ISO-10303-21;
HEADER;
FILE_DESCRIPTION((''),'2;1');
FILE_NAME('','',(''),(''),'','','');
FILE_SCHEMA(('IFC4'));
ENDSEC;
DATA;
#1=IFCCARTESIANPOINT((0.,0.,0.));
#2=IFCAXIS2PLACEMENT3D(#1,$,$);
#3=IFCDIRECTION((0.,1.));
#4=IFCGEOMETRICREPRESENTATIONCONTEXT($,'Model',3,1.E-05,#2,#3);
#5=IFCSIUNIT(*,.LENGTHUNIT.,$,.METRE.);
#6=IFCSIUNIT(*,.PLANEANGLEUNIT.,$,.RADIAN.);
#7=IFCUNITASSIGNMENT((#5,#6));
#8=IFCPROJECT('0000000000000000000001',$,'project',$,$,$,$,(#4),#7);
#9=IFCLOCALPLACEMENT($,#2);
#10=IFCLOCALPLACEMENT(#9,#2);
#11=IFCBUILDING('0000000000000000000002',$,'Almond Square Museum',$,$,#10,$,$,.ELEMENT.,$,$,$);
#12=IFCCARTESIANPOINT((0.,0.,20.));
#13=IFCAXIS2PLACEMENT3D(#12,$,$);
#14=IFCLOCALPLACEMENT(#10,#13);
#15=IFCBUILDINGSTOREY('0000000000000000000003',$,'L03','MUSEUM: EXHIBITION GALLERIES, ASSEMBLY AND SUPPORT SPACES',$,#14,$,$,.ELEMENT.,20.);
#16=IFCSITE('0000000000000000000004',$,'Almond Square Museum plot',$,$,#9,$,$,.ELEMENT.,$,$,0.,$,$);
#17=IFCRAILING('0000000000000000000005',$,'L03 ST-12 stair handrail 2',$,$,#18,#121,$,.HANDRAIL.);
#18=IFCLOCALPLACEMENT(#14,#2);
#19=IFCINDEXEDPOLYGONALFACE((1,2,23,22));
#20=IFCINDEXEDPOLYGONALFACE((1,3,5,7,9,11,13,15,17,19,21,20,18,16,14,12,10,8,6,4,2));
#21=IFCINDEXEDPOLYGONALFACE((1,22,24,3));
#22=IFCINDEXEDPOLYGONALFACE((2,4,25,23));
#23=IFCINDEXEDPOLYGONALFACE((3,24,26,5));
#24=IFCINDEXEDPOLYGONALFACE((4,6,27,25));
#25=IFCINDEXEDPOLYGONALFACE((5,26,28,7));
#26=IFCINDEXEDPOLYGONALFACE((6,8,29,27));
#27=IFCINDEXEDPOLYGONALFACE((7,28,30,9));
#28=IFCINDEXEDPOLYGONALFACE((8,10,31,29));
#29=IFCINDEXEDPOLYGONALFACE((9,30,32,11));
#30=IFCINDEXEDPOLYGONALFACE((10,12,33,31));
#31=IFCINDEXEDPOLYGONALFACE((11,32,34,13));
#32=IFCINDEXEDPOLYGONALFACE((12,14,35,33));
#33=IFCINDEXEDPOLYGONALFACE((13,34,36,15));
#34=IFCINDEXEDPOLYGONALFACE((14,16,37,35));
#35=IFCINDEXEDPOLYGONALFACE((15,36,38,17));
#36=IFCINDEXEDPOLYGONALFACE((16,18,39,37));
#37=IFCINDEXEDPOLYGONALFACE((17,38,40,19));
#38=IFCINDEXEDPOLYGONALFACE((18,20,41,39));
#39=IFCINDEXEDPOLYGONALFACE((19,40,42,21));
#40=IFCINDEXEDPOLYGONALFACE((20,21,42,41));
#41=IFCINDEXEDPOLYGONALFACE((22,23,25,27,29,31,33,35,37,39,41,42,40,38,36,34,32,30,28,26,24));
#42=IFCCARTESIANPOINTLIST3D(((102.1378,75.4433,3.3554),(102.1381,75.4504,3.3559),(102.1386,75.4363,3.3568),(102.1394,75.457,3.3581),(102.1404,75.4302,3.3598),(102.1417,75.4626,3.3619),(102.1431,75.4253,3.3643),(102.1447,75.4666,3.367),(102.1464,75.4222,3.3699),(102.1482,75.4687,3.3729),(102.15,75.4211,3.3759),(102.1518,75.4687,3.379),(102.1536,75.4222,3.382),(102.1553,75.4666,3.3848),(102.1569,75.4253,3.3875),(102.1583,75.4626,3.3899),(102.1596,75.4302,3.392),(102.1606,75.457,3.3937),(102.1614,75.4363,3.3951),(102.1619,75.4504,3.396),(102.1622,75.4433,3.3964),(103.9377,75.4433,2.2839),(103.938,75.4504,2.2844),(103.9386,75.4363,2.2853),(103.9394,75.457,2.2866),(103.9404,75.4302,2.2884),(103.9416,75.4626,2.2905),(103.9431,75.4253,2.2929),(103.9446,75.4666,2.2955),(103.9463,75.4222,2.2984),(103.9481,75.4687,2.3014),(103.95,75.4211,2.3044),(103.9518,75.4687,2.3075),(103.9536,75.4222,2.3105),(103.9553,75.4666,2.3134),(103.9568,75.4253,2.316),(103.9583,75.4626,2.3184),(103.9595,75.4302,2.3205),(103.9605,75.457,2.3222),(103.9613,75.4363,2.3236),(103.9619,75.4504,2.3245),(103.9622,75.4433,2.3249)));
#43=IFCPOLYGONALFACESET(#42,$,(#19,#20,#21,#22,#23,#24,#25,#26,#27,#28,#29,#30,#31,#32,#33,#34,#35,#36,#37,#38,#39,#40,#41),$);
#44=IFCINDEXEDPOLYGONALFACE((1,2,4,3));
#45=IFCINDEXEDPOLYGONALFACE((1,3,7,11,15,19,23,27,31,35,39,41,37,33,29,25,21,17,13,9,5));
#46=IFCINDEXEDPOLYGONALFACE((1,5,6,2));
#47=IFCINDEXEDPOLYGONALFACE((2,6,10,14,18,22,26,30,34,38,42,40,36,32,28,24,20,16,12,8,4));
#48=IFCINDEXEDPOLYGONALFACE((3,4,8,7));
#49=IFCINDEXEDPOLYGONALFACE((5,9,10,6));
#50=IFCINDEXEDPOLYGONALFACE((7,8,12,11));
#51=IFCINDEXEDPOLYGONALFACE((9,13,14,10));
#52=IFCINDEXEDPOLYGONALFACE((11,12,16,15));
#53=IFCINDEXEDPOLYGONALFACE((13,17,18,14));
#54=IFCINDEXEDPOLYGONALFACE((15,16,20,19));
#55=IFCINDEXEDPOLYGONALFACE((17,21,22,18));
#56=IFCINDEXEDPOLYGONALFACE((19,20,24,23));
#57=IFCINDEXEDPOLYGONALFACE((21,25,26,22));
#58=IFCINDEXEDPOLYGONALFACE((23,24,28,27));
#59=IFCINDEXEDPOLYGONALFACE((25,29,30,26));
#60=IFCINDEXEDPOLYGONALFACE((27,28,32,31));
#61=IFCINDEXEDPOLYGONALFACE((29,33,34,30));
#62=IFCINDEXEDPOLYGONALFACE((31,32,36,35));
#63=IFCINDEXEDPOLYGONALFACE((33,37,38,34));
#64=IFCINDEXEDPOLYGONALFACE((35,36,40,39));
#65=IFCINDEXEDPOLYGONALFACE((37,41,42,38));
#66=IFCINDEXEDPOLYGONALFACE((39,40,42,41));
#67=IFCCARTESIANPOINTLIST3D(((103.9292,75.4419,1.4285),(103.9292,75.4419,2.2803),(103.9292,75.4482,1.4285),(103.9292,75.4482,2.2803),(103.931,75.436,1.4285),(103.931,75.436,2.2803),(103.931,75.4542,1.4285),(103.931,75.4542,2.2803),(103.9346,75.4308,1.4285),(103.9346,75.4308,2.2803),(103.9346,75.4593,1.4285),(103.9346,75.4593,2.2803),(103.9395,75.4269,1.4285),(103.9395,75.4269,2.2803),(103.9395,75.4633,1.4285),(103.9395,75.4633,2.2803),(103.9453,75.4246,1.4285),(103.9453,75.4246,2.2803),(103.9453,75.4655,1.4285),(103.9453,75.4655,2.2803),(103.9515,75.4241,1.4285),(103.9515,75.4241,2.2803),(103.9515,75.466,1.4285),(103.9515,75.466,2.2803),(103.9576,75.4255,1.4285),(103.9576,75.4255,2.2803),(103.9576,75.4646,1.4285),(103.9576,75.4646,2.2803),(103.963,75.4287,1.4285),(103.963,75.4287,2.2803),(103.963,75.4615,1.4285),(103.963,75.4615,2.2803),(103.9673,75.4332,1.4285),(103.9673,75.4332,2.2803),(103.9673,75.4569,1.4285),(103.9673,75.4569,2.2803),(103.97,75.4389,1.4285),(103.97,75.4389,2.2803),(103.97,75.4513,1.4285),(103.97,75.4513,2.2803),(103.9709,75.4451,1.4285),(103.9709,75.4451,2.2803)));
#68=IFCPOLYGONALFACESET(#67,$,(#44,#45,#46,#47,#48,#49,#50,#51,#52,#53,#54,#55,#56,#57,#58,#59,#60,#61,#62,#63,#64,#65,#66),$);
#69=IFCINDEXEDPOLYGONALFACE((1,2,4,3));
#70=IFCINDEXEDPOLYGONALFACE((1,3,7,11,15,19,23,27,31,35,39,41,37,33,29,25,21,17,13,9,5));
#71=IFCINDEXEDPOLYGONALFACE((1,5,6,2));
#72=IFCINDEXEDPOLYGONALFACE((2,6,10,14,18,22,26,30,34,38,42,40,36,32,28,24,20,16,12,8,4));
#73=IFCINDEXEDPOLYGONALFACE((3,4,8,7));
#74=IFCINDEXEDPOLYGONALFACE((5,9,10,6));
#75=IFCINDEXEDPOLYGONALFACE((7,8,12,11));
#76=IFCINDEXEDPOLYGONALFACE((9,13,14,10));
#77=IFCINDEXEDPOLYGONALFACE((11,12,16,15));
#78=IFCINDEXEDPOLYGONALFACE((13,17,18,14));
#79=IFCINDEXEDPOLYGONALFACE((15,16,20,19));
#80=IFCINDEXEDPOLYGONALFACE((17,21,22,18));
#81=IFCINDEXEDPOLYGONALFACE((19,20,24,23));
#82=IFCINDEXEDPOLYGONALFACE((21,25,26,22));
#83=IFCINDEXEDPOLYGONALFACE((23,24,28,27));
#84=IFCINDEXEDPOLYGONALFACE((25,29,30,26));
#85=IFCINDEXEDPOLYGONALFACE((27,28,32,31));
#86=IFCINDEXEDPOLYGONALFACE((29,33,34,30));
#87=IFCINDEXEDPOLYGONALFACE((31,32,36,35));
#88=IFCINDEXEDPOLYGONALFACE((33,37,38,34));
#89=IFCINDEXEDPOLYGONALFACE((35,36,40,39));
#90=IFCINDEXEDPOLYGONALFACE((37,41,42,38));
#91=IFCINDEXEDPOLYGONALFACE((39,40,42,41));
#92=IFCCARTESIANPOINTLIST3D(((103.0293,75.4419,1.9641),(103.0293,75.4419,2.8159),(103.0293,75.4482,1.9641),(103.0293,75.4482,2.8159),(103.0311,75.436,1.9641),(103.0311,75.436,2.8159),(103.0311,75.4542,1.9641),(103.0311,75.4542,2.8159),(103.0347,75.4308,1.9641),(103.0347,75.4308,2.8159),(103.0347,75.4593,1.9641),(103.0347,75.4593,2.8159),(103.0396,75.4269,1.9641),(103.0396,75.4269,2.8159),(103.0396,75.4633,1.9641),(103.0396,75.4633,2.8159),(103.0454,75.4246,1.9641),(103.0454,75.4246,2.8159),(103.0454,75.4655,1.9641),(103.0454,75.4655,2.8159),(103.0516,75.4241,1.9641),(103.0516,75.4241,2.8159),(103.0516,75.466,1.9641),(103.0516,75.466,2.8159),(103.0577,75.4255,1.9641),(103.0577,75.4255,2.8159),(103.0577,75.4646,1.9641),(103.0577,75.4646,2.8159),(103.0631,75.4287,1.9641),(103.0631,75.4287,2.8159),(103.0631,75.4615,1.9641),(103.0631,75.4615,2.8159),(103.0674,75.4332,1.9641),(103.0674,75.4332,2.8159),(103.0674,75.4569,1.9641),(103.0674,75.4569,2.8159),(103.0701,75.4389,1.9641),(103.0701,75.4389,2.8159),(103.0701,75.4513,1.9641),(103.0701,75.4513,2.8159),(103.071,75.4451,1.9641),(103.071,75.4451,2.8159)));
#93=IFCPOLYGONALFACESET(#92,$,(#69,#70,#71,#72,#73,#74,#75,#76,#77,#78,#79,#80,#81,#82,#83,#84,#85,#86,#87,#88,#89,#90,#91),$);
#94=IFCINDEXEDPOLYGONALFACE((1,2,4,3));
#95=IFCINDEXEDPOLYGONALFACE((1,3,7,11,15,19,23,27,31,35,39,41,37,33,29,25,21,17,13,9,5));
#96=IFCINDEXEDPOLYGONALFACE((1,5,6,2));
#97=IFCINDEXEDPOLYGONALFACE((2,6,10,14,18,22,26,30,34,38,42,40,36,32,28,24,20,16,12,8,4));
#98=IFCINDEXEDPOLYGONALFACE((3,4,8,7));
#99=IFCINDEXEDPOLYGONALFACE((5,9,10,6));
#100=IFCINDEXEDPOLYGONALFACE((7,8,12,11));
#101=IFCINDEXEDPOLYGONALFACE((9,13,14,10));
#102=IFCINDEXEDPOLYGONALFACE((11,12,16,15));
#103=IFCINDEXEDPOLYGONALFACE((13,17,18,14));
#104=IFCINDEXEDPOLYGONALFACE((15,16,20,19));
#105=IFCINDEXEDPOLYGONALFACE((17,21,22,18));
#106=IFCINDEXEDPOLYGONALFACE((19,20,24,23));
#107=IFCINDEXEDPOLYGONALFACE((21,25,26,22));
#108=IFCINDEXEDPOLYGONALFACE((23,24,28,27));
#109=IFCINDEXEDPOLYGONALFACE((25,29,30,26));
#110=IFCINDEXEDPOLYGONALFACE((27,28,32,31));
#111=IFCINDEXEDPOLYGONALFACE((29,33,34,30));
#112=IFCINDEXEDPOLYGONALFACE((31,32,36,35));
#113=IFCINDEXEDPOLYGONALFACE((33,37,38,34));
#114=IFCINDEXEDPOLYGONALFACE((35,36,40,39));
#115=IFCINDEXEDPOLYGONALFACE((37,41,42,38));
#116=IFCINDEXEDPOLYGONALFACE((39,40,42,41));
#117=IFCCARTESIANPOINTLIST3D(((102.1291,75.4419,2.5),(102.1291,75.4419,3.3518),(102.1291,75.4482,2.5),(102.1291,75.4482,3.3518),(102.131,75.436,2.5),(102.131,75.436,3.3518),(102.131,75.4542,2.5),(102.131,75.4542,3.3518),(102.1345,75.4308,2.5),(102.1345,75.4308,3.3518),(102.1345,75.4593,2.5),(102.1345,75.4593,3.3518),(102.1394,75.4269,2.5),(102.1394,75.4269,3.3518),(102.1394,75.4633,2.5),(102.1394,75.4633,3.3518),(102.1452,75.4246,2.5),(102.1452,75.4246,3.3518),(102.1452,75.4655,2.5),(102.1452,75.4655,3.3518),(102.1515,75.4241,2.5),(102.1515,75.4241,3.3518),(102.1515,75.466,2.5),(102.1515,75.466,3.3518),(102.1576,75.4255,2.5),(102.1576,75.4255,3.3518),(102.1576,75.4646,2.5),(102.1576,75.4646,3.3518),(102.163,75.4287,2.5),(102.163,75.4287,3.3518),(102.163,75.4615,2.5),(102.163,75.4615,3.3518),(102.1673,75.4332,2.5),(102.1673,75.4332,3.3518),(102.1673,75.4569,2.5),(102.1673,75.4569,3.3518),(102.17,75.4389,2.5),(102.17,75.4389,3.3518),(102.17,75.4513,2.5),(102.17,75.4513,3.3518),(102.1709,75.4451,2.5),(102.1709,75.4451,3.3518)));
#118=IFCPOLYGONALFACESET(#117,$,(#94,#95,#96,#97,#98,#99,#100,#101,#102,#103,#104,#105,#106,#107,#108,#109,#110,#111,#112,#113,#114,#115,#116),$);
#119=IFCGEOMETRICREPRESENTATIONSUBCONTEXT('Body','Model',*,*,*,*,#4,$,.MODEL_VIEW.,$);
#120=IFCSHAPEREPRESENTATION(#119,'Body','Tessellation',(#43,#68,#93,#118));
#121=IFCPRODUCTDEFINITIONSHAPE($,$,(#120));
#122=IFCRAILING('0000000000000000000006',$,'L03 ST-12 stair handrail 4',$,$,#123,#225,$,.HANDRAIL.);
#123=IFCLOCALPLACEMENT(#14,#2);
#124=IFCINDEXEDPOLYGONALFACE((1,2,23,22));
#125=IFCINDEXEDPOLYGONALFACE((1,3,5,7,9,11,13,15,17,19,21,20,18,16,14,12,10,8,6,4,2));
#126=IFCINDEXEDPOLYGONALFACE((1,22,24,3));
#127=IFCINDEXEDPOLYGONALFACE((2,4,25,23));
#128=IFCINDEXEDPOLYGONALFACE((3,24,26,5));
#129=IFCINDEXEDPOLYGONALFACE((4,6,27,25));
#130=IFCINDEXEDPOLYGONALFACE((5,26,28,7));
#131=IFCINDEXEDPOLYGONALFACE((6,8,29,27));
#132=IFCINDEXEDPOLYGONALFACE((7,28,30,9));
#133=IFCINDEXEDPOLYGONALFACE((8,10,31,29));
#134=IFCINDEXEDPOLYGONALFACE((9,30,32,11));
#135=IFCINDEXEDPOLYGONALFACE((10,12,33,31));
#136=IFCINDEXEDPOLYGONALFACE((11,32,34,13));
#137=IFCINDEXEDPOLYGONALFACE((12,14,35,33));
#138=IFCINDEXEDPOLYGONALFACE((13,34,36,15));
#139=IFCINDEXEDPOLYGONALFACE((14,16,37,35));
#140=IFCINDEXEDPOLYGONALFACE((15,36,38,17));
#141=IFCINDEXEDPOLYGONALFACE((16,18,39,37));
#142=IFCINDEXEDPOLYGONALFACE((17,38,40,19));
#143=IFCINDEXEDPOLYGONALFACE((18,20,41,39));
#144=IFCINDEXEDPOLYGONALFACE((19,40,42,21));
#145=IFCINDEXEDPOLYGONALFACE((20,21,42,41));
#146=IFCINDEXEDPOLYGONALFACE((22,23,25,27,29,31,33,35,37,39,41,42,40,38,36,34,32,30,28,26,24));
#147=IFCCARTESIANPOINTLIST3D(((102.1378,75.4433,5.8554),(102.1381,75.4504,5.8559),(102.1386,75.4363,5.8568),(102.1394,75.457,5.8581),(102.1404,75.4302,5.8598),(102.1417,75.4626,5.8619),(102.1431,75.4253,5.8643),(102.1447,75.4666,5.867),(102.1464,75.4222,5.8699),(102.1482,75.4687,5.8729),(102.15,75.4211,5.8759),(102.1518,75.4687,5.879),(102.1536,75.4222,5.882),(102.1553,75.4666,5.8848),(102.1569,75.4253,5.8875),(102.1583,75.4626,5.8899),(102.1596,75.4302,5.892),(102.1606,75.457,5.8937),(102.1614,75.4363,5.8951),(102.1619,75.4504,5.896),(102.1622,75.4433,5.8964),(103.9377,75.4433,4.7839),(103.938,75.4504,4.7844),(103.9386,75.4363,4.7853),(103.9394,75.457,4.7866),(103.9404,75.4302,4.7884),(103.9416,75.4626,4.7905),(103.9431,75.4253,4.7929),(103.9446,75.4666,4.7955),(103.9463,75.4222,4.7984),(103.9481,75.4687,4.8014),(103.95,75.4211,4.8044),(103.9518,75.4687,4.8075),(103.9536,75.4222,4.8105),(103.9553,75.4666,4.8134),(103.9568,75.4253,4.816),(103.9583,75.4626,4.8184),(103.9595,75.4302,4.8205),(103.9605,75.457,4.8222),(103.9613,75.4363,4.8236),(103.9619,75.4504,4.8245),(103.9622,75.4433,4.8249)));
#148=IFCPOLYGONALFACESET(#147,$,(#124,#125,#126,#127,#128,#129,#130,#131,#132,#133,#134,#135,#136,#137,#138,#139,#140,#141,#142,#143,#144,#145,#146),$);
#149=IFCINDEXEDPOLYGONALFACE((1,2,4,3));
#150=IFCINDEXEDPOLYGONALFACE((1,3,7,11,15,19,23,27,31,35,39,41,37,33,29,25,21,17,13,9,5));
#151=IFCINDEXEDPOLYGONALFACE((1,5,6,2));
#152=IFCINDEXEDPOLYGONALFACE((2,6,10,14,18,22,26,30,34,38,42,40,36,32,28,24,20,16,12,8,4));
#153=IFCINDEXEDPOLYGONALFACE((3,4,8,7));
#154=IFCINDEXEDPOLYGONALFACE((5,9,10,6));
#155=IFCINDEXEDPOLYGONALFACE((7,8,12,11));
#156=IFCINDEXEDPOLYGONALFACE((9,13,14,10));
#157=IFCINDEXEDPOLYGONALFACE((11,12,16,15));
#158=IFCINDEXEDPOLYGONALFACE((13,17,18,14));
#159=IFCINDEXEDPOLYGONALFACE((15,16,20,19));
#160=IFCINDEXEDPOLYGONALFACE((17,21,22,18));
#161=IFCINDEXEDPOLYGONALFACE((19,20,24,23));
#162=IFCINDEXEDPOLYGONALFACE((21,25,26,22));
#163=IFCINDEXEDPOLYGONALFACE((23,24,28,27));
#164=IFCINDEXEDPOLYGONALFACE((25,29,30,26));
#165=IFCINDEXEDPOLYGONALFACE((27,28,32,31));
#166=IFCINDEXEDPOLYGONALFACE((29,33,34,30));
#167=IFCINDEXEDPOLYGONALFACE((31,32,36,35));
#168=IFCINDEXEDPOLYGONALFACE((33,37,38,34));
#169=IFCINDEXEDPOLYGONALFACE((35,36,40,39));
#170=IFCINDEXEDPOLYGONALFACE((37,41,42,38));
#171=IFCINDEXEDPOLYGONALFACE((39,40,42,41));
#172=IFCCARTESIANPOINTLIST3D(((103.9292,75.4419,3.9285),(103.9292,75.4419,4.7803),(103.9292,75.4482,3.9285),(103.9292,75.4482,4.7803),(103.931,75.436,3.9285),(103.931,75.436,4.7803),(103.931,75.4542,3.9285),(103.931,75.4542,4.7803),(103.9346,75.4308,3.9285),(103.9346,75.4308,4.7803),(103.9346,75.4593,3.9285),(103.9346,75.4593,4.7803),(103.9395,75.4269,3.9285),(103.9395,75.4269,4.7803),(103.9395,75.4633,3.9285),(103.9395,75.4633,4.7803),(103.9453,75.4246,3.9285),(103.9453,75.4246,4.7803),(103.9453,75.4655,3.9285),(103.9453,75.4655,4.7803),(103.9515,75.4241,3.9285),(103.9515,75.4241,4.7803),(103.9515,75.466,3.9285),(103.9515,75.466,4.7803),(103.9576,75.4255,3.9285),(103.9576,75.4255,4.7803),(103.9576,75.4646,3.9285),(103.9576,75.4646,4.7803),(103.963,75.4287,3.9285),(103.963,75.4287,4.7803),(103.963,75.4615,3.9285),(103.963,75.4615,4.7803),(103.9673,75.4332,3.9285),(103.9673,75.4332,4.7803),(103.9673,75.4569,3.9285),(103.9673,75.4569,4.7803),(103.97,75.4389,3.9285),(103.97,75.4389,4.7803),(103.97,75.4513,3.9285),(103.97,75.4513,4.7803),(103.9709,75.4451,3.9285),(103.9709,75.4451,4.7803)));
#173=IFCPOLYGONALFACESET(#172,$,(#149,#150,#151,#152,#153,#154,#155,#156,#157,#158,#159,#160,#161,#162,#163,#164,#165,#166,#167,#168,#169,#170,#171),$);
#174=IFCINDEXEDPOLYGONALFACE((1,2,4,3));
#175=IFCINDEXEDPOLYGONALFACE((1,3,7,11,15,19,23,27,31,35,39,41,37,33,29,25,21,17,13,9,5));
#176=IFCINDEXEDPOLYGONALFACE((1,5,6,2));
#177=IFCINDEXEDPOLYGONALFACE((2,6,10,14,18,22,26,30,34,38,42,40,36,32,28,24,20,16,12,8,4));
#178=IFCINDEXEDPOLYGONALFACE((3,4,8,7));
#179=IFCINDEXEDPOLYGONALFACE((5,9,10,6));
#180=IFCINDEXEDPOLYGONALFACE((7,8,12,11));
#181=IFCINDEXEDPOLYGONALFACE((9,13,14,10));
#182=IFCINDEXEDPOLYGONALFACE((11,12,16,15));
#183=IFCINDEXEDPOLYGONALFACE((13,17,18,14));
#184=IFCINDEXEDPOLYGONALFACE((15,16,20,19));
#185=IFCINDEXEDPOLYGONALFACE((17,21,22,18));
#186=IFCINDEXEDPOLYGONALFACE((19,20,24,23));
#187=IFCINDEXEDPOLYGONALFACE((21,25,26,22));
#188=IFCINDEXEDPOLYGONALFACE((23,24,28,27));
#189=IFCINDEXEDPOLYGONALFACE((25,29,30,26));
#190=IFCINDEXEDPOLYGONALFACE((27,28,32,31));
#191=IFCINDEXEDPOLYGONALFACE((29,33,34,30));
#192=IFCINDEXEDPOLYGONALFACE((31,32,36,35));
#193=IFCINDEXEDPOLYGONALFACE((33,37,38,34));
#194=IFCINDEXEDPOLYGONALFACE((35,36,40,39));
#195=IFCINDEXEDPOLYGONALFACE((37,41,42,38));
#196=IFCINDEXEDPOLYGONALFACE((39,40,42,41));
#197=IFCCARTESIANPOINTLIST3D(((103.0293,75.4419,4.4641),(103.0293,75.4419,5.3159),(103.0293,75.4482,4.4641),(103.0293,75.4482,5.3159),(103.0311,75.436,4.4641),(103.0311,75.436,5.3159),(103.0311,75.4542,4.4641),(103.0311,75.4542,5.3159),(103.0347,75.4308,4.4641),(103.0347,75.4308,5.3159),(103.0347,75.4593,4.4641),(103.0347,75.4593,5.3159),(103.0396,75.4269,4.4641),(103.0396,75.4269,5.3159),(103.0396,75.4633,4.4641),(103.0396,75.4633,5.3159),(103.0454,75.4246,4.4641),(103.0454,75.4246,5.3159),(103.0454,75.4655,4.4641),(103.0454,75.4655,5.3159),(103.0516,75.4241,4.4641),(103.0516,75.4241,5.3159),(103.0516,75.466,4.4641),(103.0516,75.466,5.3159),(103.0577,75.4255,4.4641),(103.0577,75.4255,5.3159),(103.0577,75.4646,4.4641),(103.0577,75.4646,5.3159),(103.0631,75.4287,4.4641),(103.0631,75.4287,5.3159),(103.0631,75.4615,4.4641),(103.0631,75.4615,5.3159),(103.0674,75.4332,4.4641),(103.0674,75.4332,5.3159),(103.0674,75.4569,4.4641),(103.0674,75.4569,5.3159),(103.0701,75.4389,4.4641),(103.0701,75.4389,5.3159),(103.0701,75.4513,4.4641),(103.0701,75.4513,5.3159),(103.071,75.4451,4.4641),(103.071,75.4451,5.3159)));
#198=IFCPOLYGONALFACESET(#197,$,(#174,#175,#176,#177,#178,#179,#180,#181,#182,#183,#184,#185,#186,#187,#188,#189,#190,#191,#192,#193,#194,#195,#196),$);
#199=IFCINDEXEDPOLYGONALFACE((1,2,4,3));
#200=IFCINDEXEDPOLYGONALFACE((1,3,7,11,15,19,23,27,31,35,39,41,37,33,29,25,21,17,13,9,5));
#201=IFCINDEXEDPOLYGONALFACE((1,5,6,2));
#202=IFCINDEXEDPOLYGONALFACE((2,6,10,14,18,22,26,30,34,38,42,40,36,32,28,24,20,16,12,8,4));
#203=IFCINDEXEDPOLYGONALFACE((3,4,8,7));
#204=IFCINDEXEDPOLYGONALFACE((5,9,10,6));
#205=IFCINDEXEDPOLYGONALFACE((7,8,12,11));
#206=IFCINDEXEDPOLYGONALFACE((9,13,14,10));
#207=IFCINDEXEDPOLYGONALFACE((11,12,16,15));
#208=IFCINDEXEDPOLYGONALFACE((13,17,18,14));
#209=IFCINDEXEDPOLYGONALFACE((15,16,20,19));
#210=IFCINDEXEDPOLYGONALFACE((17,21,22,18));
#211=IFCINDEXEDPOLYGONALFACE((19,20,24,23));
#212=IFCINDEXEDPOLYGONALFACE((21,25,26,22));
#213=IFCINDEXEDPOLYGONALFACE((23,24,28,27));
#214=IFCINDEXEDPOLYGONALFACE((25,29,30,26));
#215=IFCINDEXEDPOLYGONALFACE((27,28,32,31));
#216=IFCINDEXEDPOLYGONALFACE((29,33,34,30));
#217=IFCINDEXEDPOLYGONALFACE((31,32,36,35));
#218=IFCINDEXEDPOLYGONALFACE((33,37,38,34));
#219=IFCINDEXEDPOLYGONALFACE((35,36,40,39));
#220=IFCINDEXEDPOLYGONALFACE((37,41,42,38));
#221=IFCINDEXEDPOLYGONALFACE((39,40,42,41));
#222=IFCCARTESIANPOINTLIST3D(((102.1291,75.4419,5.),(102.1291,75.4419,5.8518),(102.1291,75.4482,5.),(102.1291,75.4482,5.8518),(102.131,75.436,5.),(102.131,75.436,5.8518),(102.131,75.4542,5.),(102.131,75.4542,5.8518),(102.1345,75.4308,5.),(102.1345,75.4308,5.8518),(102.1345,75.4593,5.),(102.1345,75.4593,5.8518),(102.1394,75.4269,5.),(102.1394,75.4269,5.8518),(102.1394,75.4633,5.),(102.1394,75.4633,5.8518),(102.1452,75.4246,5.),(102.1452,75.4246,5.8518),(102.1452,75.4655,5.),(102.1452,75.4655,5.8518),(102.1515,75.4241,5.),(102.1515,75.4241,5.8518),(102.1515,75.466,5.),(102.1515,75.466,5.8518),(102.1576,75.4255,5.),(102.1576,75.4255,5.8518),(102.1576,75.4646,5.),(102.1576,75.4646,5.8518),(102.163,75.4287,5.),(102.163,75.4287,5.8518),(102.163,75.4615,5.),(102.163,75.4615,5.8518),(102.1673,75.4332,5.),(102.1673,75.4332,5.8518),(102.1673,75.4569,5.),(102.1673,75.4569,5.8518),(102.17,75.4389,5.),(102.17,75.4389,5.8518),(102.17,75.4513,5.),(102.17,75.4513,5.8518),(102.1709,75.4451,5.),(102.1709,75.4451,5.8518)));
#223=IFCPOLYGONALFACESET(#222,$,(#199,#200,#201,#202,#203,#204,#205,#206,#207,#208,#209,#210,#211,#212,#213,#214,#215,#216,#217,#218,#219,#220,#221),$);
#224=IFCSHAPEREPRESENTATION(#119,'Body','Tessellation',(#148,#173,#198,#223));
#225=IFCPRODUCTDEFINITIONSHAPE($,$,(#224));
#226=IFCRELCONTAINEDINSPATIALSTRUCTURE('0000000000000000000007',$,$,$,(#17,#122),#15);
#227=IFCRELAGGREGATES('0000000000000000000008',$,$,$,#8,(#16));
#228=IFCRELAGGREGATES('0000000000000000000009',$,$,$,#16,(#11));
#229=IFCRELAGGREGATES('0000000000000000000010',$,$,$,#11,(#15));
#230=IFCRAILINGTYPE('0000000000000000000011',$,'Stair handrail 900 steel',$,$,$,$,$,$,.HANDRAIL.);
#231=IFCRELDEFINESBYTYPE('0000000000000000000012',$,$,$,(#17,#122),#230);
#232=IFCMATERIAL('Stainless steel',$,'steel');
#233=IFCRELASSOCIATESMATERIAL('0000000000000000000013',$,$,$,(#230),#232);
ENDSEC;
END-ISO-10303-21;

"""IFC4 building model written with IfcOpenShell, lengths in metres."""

from ifc_helpers import new_model, si_unit, direction, frame, origin, origin_2d, place, context, subcontext, project, spatial, circle, extrude, material, type_object, element, save


model = new_model("IFC4")

# Units and contexts
model_context = context("Model", 3, precision=1e-05, world=origin(), true_north=direction((0.0, 1.0)))
body_context = subcontext(model_context, "Body", "Model", "MODEL_VIEW")
ifc_project = project(units=[si_unit("LENGTHUNIT", "METRE"), si_unit("PLANEANGLEUNIT", "RADIAN")], contexts=[model_context])

# Site, building, storey
site_placement = place(None, origin())
site = spatial("IfcSite", under=ifc_project, at=site_placement, Name="Almond Square Museum plot", CompositionType="ELEMENT", RefElevation=0.0)
building_placement = place(site_placement, origin())
building = spatial("IfcBuilding", under=site, at=building_placement, Name="Almond Square Museum", CompositionType="ELEMENT")
storey_placement = place(building_placement, frame((0.0, 0.0, 20.0)))
storey = spatial("IfcBuildingStorey", under=building, at=storey_placement, Name="L03", Description="MUSEUM: EXHIBITION GALLERIES, ASSEMBLY AND SUPPORT SPACES", CompositionType="ELEMENT", Elevation=20.0)

# Railings
ifc_material_1 = material(Name="Stainless steel", Category="steel")
railing_type_1 = type_object("IfcRailingType", Name="Stair handrail 900 steel", PredefinedType="HANDRAIL", material=ifc_material_1)
for number, where, name in (
    (1, (103.95, 75.4451, 1.4285), "L03 ST-12 stair handrail 2"),
    (2, (103.95, 75.4451, 3.9285), "L03 ST-12 stair handrail 4"),
):
    element("IfcRailing", number, at=place(storey_placement, frame(where)), inside=storey, type_object=railing_type_1, Name=name, PredefinedType="HANDRAIL", context=body_context, shape_type="SweptSolid", body=[
        extrude(circle(Radius=0.0239, at=origin_2d()), frame((0.0, 0.0, 0.876), z_axis=(-0.859277, 0.0, 0.51151), x_axis=(0.0, -1.0, 0.0)), (0.0, 0.0, 1.0), 2.0947),
        extrude(circle(Radius=0.021, at=origin_2d()), origin(), (0.0, 0.0, 1.0), 0.8518),
        extrude(circle(Radius=0.021, at=origin_2d()), frame((-0.8999, 0.0, 0.5356)), (0.0, 0.0, 1.0), 0.8518),
        extrude(circle(Radius=0.021, at=origin_2d()), frame((-1.8, 0.0, 1.0715)), (0.0, 0.0, 1.0), 0.8518),
    ])

save(model, "model.ifc")
